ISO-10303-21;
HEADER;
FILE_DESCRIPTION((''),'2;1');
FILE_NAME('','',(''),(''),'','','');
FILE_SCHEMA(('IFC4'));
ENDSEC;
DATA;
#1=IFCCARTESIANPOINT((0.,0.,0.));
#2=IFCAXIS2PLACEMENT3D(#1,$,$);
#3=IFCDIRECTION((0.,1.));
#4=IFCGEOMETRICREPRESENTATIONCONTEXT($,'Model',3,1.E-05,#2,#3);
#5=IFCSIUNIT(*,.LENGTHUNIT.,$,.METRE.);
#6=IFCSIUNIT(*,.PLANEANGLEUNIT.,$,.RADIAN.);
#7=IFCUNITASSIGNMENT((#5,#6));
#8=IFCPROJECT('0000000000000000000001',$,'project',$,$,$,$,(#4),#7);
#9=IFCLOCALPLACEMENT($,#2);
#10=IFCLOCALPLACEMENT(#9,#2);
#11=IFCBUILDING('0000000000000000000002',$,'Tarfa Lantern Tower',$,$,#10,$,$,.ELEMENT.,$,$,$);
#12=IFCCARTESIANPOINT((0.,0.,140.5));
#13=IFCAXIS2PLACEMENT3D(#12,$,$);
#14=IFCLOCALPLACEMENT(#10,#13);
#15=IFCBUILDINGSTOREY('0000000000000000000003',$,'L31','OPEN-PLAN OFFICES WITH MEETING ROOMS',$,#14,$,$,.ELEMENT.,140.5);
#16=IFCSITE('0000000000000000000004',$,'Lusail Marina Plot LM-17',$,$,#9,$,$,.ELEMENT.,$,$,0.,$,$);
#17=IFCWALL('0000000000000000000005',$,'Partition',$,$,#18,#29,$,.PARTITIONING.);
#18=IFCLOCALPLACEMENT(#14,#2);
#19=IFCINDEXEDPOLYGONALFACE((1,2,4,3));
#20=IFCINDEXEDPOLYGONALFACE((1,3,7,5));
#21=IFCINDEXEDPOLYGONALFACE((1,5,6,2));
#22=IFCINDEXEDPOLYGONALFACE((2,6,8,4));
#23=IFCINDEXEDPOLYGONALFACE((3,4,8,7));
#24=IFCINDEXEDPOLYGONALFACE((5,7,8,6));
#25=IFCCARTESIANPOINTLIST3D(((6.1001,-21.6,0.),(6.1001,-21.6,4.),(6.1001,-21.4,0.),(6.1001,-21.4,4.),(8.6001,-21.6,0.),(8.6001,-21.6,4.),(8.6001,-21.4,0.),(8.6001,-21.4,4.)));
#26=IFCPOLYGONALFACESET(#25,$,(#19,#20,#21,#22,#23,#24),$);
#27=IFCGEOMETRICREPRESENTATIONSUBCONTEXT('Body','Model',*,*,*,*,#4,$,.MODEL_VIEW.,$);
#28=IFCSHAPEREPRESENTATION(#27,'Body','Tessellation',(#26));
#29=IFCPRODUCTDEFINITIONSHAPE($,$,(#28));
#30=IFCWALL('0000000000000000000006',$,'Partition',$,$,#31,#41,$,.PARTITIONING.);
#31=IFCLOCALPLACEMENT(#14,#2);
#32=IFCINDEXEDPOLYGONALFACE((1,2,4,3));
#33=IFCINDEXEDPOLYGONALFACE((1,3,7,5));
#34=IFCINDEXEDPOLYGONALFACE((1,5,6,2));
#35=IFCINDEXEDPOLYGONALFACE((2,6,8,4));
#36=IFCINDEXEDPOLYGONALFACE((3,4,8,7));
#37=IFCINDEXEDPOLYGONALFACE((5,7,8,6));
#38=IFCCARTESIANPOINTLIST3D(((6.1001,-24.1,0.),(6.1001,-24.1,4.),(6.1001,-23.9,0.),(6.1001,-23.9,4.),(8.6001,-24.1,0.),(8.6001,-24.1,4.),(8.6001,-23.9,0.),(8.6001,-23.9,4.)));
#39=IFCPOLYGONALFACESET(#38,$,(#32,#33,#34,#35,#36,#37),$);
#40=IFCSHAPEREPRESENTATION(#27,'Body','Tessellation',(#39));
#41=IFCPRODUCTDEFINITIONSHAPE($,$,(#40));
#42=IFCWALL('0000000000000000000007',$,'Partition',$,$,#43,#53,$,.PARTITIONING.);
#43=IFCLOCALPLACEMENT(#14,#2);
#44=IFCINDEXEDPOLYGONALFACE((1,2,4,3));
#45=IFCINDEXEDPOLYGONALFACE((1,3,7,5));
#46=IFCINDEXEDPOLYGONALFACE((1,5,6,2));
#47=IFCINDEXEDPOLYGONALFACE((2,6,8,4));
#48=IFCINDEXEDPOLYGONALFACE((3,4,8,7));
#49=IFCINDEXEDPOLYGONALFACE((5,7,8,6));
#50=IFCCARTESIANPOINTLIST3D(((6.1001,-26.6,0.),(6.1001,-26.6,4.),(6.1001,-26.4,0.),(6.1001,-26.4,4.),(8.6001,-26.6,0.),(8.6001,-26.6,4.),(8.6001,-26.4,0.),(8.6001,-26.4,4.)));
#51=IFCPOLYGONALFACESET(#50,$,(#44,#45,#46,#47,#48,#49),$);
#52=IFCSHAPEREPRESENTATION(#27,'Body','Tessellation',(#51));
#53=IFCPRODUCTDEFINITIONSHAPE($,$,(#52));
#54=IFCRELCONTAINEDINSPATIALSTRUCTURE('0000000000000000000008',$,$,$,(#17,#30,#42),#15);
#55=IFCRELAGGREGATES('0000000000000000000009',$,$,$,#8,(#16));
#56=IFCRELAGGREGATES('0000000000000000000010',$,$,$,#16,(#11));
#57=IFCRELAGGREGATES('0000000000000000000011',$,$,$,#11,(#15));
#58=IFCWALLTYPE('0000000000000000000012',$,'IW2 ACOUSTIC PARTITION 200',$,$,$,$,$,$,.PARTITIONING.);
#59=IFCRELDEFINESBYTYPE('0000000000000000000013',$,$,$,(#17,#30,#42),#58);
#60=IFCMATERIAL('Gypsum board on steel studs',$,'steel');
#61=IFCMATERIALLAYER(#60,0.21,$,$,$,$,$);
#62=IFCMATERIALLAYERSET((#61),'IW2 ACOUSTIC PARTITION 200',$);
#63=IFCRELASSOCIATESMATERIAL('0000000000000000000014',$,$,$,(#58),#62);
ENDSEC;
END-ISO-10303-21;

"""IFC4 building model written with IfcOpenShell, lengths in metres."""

from ifc_helpers import new_model, si_unit, direction, frame, frame_2d, origin, place, context, subcontext, project, spatial, rectangle, extrude, material, layer, layer_set, type_object, element, save


model = new_model("IFC4")

# Units and contexts
model_context = context("Model", 3, precision=1e-05, world=origin(), true_north=direction((0.0, 1.0)))
body_context = subcontext(model_context, "Body", "Model", "MODEL_VIEW")
ifc_project = project(units=[si_unit("LENGTHUNIT", "METRE"), si_unit("PLANEANGLEUNIT", "RADIAN")], contexts=[model_context])

# Site, building, storey
site_placement = place(None, origin())
site = spatial("IfcSite", under=ifc_project, at=site_placement, Name="Lusail Marina Plot LM-17", CompositionType="ELEMENT", RefElevation=0.0)
building_placement = place(site_placement, origin())
building = spatial("IfcBuilding", under=site, at=building_placement, Name="Tarfa Lantern Tower", CompositionType="ELEMENT")
storey_placement = place(building_placement, frame((0.0, 0.0, 140.5)))
storey = spatial("IfcBuildingStorey", under=building, at=storey_placement, Name="L31", Description="OPEN-PLAN OFFICES WITH MEETING ROOMS", CompositionType="ELEMENT", Elevation=140.5)

# Walls
ifc_material_1 = material(Name="Gypsum board on steel studs", Category="steel")
ifc_layer_1 = layer(ifc_material_1, 0.21)
ifc_layer_set_1 = layer_set([ifc_layer_1], Name="IW2 ACOUSTIC PARTITION 200")
wall_type_1 = type_object("IfcWallType", Name="IW2 ACOUSTIC PARTITION 200", PredefinedType="PARTITIONING", material=ifc_layer_set_1)
for number, where, z_axis, x_axis, name in (
    (1, (8.6001, -21.5, 0.0), (0.0, 0.0, 1.0), (-1.0, 0.0, 0.0), "Partition"),
    (2, (8.6001, -24.0, 0.0), (0.0, 0.0, 1.0), (-1.0, 0.0, 0.0), "Partition"),
    (3, (8.6001, -26.5, 0.0), (0.0, 0.0, 1.0), (-1.0, 0.0, 0.0), "Partition"),
):
    element("IfcWall", number, at=place(storey_placement, frame(where, z_axis=z_axis, x_axis=x_axis)), inside=storey, type_object=wall_type_1, Name=name, PredefinedType="PARTITIONING", context=body_context, shape_type="SweptSolid", body=[
        extrude(rectangle(XDim=2.5, YDim=0.2, at=frame_2d((1.25, 0.0))), origin(), (0.0, 0.0, 1.0), 4.0),
    ])

save(model, "model.ifc")
